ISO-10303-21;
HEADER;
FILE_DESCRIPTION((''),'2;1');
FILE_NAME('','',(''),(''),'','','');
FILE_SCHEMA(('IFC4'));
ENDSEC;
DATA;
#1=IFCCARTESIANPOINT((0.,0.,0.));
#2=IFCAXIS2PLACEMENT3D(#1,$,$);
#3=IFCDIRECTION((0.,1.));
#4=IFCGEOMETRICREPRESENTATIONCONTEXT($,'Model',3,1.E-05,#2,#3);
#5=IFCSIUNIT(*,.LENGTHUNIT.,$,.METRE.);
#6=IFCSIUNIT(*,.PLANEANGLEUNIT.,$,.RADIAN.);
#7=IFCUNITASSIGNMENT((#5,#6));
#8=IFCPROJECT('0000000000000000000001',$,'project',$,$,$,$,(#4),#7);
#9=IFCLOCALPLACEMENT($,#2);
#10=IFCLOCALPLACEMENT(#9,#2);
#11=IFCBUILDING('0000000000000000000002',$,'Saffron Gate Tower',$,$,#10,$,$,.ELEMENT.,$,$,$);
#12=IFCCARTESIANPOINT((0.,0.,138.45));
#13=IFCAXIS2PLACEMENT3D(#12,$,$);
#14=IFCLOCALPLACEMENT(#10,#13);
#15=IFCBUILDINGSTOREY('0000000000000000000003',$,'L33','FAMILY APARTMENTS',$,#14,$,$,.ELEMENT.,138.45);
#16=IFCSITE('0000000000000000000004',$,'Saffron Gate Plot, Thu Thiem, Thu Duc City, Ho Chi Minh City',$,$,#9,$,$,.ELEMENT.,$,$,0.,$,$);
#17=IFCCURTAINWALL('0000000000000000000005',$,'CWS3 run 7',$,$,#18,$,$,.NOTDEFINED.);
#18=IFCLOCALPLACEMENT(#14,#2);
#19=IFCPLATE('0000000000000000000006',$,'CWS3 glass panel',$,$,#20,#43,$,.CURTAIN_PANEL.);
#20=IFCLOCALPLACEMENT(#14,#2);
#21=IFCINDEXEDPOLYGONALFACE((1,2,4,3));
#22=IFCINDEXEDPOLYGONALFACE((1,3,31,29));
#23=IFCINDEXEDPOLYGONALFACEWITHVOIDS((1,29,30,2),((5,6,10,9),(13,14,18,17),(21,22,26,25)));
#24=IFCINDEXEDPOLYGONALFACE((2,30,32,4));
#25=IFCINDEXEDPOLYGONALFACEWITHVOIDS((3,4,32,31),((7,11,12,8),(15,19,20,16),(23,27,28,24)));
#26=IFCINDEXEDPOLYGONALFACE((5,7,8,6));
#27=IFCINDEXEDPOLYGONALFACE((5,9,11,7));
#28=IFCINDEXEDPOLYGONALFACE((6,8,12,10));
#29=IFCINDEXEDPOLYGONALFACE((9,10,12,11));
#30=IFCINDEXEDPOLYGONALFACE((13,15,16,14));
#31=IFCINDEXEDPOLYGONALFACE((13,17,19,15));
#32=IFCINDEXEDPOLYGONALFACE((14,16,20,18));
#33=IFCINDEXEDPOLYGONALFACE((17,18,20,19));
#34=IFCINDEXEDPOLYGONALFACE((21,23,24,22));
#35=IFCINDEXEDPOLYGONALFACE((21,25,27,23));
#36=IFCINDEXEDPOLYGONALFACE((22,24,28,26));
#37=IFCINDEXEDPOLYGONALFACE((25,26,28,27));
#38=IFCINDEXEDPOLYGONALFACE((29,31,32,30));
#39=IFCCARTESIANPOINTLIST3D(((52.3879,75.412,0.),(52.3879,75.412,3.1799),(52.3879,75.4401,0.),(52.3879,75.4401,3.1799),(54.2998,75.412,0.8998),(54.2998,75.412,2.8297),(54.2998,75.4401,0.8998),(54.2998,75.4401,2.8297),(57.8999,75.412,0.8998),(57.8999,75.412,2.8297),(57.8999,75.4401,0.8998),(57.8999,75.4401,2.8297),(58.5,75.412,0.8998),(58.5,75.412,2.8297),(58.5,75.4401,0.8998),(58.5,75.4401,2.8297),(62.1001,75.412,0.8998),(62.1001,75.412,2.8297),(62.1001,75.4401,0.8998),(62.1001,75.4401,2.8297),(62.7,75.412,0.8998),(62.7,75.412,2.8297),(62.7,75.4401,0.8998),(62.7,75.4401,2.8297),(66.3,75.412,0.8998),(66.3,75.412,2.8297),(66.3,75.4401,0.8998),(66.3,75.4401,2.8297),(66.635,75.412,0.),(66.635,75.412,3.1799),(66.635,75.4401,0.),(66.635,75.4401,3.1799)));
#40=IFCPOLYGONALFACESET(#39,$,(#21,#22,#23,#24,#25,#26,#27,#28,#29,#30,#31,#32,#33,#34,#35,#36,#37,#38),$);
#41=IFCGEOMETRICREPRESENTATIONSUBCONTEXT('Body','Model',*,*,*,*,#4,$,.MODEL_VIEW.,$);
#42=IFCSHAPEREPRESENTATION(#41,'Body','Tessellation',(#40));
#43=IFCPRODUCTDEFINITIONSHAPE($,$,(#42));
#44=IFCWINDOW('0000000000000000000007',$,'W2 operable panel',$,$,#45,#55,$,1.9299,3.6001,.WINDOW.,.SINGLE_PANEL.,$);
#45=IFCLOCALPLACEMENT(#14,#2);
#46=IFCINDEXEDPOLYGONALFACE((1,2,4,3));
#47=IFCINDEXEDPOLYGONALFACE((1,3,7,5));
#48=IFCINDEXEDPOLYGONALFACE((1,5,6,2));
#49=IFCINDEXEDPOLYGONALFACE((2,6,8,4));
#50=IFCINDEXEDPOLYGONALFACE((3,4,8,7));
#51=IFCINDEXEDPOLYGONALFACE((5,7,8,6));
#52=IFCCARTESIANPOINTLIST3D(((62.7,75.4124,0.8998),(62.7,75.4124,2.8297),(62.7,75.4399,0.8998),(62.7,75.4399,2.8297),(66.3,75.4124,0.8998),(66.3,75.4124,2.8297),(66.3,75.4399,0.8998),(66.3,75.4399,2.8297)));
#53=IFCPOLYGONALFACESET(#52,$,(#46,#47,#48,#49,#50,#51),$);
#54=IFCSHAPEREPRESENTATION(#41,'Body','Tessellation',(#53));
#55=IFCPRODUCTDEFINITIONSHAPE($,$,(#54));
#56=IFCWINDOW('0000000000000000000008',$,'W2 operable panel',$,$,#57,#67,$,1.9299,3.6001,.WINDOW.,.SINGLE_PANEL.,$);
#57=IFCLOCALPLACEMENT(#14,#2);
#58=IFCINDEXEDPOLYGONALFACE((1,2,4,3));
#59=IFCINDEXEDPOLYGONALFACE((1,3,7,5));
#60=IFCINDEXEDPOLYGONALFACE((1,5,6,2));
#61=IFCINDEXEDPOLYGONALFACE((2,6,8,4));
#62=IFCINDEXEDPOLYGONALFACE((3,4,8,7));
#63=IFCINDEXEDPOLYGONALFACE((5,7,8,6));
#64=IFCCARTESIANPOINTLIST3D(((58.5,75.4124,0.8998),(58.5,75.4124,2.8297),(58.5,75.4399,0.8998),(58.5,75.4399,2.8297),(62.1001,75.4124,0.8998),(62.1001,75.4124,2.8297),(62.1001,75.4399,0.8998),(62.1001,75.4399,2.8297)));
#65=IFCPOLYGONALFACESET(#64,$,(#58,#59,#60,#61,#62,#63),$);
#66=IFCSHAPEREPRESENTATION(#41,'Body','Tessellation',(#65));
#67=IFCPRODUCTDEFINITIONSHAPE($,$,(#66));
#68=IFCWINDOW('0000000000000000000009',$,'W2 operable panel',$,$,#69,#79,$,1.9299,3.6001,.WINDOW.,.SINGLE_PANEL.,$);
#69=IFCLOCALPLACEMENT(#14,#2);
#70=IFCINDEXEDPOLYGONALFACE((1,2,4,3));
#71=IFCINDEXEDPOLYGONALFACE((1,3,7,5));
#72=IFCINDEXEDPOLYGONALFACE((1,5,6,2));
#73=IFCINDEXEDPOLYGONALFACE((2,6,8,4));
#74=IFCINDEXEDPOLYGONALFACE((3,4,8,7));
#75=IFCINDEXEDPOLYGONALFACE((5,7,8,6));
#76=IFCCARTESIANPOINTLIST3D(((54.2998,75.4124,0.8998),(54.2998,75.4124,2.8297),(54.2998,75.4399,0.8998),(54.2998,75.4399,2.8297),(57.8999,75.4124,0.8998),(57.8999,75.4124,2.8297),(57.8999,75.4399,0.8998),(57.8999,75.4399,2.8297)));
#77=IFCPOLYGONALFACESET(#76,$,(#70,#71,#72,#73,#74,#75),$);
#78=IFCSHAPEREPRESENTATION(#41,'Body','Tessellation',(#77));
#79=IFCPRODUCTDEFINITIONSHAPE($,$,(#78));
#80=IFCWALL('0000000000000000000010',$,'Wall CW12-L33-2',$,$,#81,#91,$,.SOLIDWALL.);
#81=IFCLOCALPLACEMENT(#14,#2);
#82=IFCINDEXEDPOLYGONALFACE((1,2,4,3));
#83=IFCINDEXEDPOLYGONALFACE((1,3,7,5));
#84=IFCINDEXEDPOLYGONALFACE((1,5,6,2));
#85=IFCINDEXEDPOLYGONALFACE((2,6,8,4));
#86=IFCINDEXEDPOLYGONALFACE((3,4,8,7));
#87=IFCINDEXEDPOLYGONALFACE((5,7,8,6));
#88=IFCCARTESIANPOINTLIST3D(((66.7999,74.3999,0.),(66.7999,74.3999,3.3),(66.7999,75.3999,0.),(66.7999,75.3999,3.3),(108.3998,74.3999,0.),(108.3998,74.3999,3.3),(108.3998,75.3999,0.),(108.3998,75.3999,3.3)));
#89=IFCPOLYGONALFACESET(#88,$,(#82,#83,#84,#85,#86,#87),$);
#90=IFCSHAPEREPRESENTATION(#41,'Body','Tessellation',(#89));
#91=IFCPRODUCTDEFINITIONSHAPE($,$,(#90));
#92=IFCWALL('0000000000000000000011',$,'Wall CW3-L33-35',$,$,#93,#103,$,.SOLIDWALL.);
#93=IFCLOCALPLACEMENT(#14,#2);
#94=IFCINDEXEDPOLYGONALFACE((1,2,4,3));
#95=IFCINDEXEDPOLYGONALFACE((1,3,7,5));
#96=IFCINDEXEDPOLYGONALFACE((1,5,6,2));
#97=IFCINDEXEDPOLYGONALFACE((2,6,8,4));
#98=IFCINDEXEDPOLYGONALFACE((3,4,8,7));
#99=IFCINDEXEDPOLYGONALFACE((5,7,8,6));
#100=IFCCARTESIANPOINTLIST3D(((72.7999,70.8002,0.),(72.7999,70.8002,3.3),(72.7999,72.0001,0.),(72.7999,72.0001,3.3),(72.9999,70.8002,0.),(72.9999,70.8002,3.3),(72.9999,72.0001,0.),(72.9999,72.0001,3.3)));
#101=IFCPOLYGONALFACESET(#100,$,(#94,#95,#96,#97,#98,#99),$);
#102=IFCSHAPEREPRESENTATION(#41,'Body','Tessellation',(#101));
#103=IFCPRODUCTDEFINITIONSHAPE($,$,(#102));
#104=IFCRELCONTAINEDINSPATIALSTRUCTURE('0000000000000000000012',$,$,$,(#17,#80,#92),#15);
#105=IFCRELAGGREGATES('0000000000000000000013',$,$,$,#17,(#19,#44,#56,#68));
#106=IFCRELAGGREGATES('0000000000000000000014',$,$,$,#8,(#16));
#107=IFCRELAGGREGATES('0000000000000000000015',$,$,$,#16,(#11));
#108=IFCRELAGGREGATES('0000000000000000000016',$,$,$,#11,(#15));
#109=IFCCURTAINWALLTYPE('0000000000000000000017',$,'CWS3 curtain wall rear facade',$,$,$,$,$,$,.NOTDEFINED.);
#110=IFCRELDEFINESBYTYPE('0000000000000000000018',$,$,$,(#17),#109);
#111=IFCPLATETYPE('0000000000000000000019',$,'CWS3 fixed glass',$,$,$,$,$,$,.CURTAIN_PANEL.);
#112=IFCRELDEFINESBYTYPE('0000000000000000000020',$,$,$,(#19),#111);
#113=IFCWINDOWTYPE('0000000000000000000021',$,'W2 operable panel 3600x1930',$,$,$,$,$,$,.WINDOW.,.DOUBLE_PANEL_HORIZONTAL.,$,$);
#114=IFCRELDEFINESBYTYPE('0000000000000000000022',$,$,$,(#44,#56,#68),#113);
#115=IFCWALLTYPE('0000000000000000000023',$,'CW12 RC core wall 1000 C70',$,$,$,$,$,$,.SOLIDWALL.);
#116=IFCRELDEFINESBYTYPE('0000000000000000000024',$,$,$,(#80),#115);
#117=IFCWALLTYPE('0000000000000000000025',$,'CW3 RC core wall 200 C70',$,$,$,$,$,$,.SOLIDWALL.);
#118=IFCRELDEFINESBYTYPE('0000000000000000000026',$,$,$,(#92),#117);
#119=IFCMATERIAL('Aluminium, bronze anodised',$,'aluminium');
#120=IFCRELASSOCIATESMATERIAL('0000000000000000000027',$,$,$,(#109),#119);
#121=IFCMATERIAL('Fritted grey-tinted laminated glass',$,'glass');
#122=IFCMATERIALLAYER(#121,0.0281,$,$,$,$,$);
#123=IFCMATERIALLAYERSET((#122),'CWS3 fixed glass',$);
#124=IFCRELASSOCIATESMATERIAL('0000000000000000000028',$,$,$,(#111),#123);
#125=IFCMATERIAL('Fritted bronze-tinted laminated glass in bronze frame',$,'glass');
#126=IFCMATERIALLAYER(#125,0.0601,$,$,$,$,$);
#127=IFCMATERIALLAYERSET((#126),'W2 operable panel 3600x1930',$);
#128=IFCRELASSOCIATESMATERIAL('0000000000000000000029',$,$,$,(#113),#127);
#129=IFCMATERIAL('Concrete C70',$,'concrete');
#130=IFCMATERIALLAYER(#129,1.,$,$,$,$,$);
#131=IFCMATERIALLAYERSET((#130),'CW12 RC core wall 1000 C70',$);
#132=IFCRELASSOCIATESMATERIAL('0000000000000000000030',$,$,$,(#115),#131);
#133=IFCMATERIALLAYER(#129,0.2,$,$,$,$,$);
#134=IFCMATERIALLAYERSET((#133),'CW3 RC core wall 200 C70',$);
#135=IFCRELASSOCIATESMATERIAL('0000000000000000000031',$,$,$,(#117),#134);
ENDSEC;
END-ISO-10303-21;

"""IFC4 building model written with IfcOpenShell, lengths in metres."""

from ifc_helpers import new_model, si_unit, direction, frame, frame_2d, origin, place, context, subcontext, project, spatial, rectangle, extrude, material, layer, layer_set, type_object, element, fill, aggregate, save


model = new_model("IFC4")

# Units and contexts
model_context = context("Model", 3, precision=1e-05, world=origin(), true_north=direction((0.0, 1.0)))
body_context = subcontext(model_context, "Body", "Model", "MODEL_VIEW")
ifc_project = project(units=[si_unit("LENGTHUNIT", "METRE"), si_unit("PLANEANGLEUNIT", "RADIAN")], contexts=[model_context])

# Site, building, storey
site_placement = place(None, origin())
site = spatial("IfcSite", under=ifc_project, at=site_placement, Name="Saffron Gate Plot, Thu Thiem, Thu Duc City, Ho Chi Minh City", CompositionType="ELEMENT", RefElevation=0.0)
building_placement = place(site_placement, origin())
building = spatial("IfcBuilding", under=site, at=building_placement, Name="Saffron Gate Tower", CompositionType="ELEMENT")
storey_placement = place(building_placement, frame((0.0, 0.0, 138.45)))
storey = spatial("IfcBuildingStorey", under=building, at=storey_placement, Name="L33", Description="FAMILY APARTMENTS", CompositionType="ELEMENT", Elevation=138.45)

# Curtain wall, plate, openings, windows
ifc_material_1 = material(Name="Aluminium, bronze anodised", Category="aluminium")
curtain_wall_type = type_object("IfcCurtainWallType", Name="CWS3 curtain wall rear facade", PredefinedType="NOTDEFINED", material=ifc_material_1)
curtain_wall_placement = place(storey_placement, origin())
curtain_wall = element("IfcCurtainWall", 1, at=curtain_wall_placement, inside=storey, type_object=curtain_wall_type, Name="CWS3 run 7", PredefinedType="NOTDEFINED")
ifc_material_2 = material(Name="Fritted grey-tinted laminated glass", Category="glass")
ifc_layer_1 = layer(ifc_material_2, 0.0281)
ifc_layer_set_1 = layer_set([ifc_layer_1], Name="CWS3 fixed glass")
plate_type = type_object("IfcPlateType", Name="CWS3 fixed glass", PredefinedType="CURTAIN_PANEL", material=ifc_layer_set_1)
plate_placement = place(storey_placement, frame((66.635, 75.426, 0.0), z_axis=(0.0, 0.0, 1.0), x_axis=(-1.0, 0.0, 0.0)))
plate = element("IfcPlate", 2, at=plate_placement, type_object=plate_type, Name="CWS3 glass panel", PredefinedType="CURTAIN_PANEL", context=body_context, shape_type="SweptSolid", body=[
    extrude(rectangle(XDim=14.2471, YDim=0.0281, at=frame_2d((7.1235, 0.0))), origin(), (0.0, 0.0, 1.0), 3.1799),
])
opening_1_placement = place(plate_placement, frame((0.335, 0.0, 0.8999)))
opening_1 = element("IfcOpeningElement", 3, at=opening_1_placement, cuts=plate, PredefinedType="OPENING", context=body_context, shape_type="SweptSolid", body=[
    extrude(rectangle(XDim=3.6001, YDim=1.9299, at=frame_2d((1.8, 0.9648))), frame((0.0, 0.0239, 0.0), z_axis=(0.0, -1.0, 0.0), x_axis=(1.0, 0.0, 0.0)), (0.0, 0.0, 1.0), 0.0481),
])
opening_2_placement = place(plate_placement, frame((4.5349, 0.0, 0.8999)))
opening_2 = element("IfcOpeningElement", 4, at=opening_2_placement, cuts=plate, PredefinedType="OPENING", context=body_context, shape_type="SweptSolid", body=[
    extrude(rectangle(XDim=3.6001, YDim=1.9299, at=frame_2d((1.8, 0.9648))), frame((0.0, 0.0239, 0.0), z_axis=(0.0, -1.0, 0.0), x_axis=(1.0, 0.0, 0.0)), (0.0, 0.0, 1.0), 0.0481),
])
opening_3_placement = place(plate_placement, frame((8.7351, 0.0, 0.8999)))
opening_3 = element("IfcOpeningElement", 5, at=opening_3_placement, cuts=plate, PredefinedType="OPENING", context=body_context, shape_type="SweptSolid", body=[
    extrude(rectangle(XDim=3.6001, YDim=1.9299, at=frame_2d((1.8, 0.9648))), frame((0.0, 0.0239, 0.0), z_axis=(0.0, -1.0, 0.0), x_axis=(1.0, 0.0, 0.0)), (0.0, 0.0, 1.0), 0.0481),
])
ifc_material_3 = material(Name="Fritted bronze-tinted laminated glass in bronze frame", Category="glass")
ifc_layer_2 = layer(ifc_material_3, 0.0601)
ifc_layer_set_2 = layer_set([ifc_layer_2], Name="W2 operable panel 3600x1930")
window_type = type_object("IfcWindowType", Name="W2 operable panel 3600x1930", PartitioningType="DOUBLE_PANEL_HORIZONTAL", PredefinedType="WINDOW", material=ifc_layer_set_2)
window_1_placement = place(opening_1_placement, origin())
window_1 = element("IfcWindow", 6, at=window_1_placement, type_object=window_type, Name="W2 operable panel", OverallHeight=1.9299, OverallWidth=3.6001, PartitioningType="SINGLE_PANEL", PredefinedType="WINDOW", context=body_context, shape_type="SweptSolid", body=[
    extrude(rectangle(XDim=3.6001, YDim=1.9299, at=frame_2d((1.8, 0.9648))), frame((0.0, 0.0137, 0.0), z_axis=(0.0, -1.0, 0.0), x_axis=(1.0, 0.0, 0.0)), (0.0, 0.0, 1.0), 0.0276),
])
fill(opening_1, window_1)
window_2_placement = place(opening_2_placement, origin())
window_2 = element("IfcWindow", 7, at=window_2_placement, type_object=window_type, Name="W2 operable panel", OverallHeight=1.9299, OverallWidth=3.6001, PartitioningType="SINGLE_PANEL", PredefinedType="WINDOW", context=body_context, shape_type="SweptSolid", body=[
    extrude(rectangle(XDim=3.6001, YDim=1.9299, at=frame_2d((1.8, 0.9648))), frame((0.0, 0.0137, 0.0), z_axis=(0.0, -1.0, 0.0), x_axis=(1.0, 0.0, 0.0)), (0.0, 0.0, 1.0), 0.0276),
])
fill(opening_2, window_2)
window_3_placement = place(opening_3_placement, origin())
window_3 = element("IfcWindow", 8, at=window_3_placement, type_object=window_type, Name="W2 operable panel", OverallHeight=1.9299, OverallWidth=3.6001, PartitioningType="SINGLE_PANEL", PredefinedType="WINDOW", context=body_context, shape_type="SweptSolid", body=[
    extrude(rectangle(XDim=3.6001, YDim=1.9299, at=frame_2d((1.8, 0.9648))), frame((0.0, 0.0137, 0.0), z_axis=(0.0, -1.0, 0.0), x_axis=(1.0, 0.0, 0.0)), (0.0, 0.0, 1.0), 0.0276),
])
fill(opening_3, window_3)
aggregate(curtain_wall, [plate, window_1, window_2, window_3])

# Walls
ifc_material_4 = material(Name="Concrete C70", Category="concrete")
ifc_layer_3 = layer(ifc_material_4, 1.0)
ifc_layer_set_3 = layer_set([ifc_layer_3], Name="CW12 RC core wall 1000 C70")
wall_type_1 = type_object("IfcWallType", Name="CW12 RC core wall 1000 C70", PredefinedType="SOLIDWALL", material=ifc_layer_set_3)
wall_1_placement = place(storey_placement, frame((66.8, 74.8999, 0.0), z_axis=(0.0, 0.0, 1.0), x_axis=(1.0, 0.0, 0.0)))
element("IfcWall", 9, at=wall_1_placement, inside=storey, type_object=wall_type_1, Name="Wall CW12-L33-2", PredefinedType="SOLIDWALL", context=body_context, shape_type="SweptSolid", body=[
    extrude(rectangle(XDim=41.5999, YDim=1.0, at=frame_2d((20.7998, 0.0))), origin(), (0.0, 0.0, 1.0), 3.3),
])
ifc_layer_4 = layer(ifc_material_4, 0.2)
ifc_layer_set_4 = layer_set([ifc_layer_4], Name="CW3 RC core wall 200 C70")
wall_type_2 = type_object("IfcWallType", Name="CW3 RC core wall 200 C70", PredefinedType="SOLIDWALL", material=ifc_layer_set_4)
wall_2_placement = place(storey_placement, frame((72.8999, 70.8, 0.0), z_axis=(0.0, 0.0, 1.0), x_axis=(0.0, 1.0, 0.0)))
element("IfcWall", 10, at=wall_2_placement, inside=storey, type_object=wall_type_2, Name="Wall CW3-L33-35", PredefinedType="SOLIDWALL", context=body_context, shape_type="SweptSolid", body=[
    extrude(rectangle(XDim=1.2, YDim=0.2, at=frame_2d((0.6001, 0.0))), origin(), (0.0, 0.0, 1.0), 3.3),
])

save(model, "model.ifc")
